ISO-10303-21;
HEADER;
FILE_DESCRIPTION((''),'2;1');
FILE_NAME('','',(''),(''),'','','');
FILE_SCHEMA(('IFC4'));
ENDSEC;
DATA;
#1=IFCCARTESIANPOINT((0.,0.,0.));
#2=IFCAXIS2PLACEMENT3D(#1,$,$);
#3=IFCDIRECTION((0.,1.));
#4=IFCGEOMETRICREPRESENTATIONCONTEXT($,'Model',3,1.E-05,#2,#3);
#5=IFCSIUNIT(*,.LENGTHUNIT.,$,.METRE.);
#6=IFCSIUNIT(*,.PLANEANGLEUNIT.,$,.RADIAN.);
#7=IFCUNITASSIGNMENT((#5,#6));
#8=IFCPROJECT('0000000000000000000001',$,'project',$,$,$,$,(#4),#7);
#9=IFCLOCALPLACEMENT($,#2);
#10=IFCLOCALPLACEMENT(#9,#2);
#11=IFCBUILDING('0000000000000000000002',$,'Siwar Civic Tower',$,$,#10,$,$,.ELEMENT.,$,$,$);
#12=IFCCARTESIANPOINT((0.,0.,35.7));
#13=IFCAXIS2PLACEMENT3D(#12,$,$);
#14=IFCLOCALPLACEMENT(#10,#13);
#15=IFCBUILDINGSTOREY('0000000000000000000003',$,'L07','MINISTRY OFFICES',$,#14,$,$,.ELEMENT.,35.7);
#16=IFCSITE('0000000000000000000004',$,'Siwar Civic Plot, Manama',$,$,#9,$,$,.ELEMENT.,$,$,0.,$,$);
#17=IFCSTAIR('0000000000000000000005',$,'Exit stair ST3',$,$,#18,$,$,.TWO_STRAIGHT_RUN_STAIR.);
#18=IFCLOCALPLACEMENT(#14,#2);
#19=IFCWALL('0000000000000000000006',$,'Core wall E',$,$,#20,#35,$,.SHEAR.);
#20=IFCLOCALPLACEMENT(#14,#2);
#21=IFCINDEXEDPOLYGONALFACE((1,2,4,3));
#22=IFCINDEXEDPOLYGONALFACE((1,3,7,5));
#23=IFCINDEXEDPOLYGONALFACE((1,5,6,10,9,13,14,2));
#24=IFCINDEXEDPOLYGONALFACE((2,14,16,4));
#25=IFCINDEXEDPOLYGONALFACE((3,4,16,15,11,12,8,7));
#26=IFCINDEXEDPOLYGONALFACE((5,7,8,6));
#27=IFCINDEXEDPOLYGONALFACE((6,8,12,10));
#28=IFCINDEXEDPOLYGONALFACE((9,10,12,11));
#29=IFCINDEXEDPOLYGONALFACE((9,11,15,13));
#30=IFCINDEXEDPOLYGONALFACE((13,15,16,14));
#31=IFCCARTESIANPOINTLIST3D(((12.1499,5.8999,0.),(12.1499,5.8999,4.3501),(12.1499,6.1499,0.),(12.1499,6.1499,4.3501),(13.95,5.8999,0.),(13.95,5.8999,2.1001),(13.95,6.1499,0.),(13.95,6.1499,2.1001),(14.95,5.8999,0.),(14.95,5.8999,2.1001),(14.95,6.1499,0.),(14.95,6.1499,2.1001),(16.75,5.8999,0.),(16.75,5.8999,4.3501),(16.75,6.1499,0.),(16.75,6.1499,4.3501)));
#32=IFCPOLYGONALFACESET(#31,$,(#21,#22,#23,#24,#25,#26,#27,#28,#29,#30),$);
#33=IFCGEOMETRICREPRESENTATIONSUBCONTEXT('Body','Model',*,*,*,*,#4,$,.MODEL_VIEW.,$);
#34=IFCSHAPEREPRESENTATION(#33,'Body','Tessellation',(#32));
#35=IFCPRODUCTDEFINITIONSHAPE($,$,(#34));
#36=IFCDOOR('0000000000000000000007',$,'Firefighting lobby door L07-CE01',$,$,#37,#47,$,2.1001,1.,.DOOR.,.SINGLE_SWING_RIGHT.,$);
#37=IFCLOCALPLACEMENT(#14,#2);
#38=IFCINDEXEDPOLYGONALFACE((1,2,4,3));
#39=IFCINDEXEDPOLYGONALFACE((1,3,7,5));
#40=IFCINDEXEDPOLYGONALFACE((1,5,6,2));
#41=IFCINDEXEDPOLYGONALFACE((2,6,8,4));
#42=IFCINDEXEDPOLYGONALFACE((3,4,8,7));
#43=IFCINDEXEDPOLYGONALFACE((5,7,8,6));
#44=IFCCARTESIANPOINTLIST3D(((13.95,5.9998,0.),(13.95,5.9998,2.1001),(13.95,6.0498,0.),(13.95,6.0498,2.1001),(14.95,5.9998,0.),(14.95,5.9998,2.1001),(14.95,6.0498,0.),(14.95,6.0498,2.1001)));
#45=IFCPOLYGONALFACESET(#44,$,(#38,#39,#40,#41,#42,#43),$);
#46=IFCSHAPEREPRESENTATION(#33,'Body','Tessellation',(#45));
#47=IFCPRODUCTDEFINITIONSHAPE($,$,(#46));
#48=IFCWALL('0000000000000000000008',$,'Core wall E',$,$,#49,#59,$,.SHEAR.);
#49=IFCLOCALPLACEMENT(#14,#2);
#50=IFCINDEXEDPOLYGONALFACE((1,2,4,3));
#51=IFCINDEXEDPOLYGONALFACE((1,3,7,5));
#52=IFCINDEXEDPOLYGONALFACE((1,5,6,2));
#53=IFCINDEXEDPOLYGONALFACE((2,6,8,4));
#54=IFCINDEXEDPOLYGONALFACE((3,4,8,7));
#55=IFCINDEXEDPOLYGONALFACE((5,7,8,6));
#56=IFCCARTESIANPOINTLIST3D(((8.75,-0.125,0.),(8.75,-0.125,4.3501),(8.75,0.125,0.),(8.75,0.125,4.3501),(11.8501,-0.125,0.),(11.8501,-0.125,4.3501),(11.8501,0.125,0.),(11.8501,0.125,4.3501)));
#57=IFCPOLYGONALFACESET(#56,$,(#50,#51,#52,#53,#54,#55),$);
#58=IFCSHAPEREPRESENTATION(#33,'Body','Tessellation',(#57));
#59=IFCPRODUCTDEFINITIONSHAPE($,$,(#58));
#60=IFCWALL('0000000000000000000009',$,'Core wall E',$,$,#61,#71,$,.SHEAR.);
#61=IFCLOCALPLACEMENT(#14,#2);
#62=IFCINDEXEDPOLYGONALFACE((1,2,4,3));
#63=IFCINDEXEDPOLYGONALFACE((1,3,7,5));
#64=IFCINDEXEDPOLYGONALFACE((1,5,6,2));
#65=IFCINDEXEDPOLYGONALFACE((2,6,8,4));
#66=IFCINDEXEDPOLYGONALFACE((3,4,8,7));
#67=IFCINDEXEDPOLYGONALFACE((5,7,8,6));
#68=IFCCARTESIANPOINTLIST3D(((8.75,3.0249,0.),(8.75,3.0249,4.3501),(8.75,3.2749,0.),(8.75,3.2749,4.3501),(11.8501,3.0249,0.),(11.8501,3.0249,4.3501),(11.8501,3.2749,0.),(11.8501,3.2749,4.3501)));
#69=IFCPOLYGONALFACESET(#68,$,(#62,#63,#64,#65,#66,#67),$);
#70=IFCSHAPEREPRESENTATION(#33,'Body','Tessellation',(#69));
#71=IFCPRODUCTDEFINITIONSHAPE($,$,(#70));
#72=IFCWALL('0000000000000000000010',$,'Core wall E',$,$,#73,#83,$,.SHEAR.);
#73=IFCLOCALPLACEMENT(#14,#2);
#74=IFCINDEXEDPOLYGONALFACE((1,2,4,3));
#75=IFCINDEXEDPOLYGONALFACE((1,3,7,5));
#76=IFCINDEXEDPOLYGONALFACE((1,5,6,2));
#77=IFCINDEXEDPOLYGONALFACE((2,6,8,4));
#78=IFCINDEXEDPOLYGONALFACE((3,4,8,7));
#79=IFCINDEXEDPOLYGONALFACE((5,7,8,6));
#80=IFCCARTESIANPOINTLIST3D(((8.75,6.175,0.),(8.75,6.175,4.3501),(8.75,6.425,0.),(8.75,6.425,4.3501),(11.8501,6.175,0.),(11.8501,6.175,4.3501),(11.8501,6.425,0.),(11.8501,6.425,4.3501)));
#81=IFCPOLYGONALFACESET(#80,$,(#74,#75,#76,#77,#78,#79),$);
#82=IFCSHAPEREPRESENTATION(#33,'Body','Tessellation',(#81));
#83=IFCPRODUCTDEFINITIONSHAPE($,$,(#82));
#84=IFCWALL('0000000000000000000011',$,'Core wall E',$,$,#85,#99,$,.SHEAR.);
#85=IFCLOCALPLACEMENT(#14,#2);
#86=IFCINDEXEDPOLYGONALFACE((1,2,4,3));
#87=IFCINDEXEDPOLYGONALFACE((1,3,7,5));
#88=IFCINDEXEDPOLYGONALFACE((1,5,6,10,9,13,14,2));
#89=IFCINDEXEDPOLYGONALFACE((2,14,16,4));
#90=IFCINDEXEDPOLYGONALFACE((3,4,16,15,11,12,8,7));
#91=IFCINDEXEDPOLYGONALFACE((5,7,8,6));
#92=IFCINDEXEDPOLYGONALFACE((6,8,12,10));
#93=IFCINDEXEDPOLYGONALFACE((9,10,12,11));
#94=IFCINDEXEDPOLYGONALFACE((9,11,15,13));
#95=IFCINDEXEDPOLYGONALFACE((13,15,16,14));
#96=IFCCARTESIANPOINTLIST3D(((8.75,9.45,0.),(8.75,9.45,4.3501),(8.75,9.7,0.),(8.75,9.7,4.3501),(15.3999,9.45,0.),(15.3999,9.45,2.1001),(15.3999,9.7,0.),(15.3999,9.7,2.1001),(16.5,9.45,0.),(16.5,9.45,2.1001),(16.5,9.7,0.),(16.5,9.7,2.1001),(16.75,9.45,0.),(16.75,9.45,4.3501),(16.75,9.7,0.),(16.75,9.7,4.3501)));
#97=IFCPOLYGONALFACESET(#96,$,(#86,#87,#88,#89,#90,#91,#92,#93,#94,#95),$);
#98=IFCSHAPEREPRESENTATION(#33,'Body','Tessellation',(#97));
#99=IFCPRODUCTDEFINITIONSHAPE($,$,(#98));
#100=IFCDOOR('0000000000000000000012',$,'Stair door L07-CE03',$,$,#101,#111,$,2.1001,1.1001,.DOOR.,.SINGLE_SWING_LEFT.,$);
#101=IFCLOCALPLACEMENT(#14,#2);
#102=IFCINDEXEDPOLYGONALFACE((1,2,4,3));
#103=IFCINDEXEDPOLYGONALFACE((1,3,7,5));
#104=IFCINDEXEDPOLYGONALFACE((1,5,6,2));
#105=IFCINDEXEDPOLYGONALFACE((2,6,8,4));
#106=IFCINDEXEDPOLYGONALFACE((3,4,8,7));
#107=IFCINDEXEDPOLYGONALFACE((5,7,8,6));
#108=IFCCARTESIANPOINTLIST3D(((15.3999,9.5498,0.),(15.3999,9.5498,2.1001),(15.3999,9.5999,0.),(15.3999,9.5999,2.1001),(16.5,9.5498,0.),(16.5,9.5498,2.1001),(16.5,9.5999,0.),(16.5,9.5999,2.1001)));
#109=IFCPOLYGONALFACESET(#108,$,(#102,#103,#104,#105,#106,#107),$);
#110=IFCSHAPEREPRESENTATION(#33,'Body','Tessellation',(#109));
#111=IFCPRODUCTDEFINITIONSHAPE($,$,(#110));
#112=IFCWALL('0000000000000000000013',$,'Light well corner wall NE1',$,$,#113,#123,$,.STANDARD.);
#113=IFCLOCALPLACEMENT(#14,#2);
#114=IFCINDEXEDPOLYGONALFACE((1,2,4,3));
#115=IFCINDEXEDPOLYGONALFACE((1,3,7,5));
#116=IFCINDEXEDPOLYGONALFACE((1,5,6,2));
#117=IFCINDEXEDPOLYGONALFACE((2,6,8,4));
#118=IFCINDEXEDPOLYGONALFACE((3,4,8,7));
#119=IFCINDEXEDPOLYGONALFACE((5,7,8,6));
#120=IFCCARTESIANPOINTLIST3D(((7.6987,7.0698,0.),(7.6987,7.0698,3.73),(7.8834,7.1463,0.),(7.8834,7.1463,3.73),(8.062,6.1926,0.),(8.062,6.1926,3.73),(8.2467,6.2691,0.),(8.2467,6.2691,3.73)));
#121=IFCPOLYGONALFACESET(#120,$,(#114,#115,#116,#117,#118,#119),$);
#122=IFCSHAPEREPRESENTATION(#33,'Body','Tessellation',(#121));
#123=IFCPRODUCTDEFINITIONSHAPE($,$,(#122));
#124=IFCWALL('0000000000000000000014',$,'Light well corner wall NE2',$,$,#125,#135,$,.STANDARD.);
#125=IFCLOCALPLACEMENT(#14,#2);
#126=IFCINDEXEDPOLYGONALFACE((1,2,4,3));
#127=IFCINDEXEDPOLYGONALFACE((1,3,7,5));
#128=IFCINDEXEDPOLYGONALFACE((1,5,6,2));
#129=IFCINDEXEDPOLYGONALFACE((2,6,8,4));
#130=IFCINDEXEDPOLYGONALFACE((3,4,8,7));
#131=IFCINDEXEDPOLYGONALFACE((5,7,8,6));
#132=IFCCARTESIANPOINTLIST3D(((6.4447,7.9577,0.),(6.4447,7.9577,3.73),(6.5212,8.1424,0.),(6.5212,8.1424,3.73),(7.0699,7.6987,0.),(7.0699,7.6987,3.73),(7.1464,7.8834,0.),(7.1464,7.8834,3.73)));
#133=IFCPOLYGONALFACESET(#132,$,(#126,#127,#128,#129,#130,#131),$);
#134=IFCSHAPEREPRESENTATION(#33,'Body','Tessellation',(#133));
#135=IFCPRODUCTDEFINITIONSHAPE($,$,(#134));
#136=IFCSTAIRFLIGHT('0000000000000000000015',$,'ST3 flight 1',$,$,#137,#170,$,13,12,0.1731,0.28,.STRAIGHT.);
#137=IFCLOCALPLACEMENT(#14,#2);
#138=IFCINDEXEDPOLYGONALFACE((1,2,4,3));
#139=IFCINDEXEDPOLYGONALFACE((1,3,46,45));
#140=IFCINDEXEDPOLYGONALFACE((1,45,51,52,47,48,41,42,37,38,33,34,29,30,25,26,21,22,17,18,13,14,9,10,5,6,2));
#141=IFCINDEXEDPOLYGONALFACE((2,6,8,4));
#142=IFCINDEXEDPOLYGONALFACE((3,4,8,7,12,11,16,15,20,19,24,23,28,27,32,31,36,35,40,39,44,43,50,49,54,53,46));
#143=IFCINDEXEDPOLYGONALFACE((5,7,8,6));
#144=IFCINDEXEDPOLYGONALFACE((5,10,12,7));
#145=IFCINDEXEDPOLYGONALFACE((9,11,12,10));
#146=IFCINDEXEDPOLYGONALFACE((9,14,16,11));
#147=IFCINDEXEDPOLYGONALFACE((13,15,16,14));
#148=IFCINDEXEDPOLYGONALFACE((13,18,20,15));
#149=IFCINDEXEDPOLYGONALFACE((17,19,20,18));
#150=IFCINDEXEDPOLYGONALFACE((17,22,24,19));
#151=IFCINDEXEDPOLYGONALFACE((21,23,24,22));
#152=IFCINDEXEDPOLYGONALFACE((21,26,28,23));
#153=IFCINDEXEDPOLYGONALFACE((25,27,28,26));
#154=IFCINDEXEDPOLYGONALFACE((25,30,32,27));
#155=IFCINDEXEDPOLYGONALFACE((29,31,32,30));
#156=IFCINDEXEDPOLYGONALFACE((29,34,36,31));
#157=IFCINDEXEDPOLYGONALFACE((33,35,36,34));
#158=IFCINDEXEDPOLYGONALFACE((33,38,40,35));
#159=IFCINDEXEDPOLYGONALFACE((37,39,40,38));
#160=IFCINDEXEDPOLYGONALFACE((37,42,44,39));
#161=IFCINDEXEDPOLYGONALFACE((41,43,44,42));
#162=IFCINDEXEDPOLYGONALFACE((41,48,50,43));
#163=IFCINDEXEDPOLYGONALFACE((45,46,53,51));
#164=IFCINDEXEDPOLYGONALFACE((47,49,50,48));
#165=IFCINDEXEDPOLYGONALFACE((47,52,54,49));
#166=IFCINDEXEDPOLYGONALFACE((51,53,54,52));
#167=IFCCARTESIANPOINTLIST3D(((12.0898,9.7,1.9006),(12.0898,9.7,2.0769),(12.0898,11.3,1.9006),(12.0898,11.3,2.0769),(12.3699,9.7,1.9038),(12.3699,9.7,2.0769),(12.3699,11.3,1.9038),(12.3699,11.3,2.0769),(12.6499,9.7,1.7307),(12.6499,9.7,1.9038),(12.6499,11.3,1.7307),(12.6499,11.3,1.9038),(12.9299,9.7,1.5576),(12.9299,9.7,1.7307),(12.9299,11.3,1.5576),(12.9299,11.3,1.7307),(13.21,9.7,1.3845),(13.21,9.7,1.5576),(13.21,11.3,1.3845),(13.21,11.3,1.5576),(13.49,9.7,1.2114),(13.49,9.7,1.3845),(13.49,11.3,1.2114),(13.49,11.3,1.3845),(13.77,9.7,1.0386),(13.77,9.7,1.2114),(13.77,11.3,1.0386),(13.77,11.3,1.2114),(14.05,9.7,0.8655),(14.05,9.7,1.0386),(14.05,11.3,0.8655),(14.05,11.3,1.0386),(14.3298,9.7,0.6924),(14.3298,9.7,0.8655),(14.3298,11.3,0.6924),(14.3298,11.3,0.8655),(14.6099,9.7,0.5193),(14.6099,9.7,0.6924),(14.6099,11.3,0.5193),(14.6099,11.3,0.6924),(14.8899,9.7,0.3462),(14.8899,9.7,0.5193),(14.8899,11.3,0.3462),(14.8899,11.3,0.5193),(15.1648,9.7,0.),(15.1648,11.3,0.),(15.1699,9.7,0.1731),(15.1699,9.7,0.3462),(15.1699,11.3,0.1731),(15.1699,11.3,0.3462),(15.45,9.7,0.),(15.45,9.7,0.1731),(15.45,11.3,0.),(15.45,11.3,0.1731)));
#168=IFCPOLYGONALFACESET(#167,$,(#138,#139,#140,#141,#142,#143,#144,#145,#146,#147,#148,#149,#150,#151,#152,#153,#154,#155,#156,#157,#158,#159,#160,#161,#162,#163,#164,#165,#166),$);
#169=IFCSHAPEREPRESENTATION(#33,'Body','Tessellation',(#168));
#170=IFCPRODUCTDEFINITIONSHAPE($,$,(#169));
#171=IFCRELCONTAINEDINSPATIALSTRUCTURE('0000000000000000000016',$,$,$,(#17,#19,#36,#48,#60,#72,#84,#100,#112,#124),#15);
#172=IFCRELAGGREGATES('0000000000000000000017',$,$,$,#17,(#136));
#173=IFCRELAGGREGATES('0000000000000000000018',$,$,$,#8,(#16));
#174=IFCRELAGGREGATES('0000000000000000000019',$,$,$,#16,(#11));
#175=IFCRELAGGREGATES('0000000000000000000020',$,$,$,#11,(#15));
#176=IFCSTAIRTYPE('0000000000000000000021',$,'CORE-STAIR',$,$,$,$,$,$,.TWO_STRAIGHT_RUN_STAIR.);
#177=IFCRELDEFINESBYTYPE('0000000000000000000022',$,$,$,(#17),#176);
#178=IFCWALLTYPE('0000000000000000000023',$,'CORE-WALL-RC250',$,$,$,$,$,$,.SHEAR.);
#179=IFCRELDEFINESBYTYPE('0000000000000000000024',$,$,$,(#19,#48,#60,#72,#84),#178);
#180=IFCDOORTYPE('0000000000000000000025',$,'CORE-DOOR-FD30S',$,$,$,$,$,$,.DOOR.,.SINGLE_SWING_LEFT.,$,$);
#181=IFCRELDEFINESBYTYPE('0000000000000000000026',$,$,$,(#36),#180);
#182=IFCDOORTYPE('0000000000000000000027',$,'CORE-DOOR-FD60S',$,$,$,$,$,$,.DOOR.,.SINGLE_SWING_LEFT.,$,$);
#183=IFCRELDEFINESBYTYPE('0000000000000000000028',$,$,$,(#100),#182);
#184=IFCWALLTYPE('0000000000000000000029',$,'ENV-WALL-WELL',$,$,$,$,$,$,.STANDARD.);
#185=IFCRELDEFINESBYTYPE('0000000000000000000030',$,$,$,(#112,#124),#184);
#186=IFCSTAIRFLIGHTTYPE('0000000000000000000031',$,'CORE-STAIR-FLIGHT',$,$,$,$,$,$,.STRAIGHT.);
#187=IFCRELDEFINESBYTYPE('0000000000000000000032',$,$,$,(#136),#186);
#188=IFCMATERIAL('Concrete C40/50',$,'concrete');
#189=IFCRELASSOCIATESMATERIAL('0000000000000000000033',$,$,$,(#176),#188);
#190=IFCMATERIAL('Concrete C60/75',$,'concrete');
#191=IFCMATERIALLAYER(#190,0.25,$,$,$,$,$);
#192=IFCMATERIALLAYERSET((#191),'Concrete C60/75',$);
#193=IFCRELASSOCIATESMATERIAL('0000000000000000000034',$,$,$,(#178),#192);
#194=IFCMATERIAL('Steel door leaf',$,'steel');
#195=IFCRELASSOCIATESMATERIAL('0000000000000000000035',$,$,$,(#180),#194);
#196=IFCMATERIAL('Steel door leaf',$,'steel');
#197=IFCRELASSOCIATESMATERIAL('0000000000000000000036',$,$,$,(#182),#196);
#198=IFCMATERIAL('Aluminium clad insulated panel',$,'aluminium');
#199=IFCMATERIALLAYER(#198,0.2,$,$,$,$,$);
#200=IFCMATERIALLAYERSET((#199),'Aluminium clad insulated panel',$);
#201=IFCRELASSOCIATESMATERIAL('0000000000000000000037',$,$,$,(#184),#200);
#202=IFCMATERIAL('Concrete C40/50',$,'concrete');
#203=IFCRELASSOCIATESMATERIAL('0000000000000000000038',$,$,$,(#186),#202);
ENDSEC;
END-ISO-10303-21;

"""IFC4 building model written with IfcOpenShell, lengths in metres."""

from ifc_helpers import new_model, si_unit, direction, frame, frame_2d, origin, place, context, subcontext, project, spatial, polyline, rectangle, outline, extrude, material, layer, layer_set, type_object, element, fill, aggregate, save


model = new_model("IFC4")

# Units and contexts
model_context = context("Model", 3, precision=1e-05, world=origin(), true_north=direction((0.0, 1.0)))
body_context = subcontext(model_context, "Body", "Model", "MODEL_VIEW")
ifc_project = project(units=[si_unit("LENGTHUNIT", "METRE"), si_unit("PLANEANGLEUNIT", "RADIAN")], contexts=[model_context])

# Site, building, storey
site_placement = place(None, origin())
site = spatial("IfcSite", under=ifc_project, at=site_placement, Name="Siwar Civic Plot, Manama", CompositionType="ELEMENT", RefElevation=0.0)
building_placement = place(site_placement, origin())
building = spatial("IfcBuilding", under=site, at=building_placement, Name="Siwar Civic Tower", CompositionType="ELEMENT")
storey_placement = place(building_placement, frame((0.0, 0.0, 35.7)))
storey = spatial("IfcBuildingStorey", under=building, at=storey_placement, Name="L07", Description="MINISTRY OFFICES", CompositionType="ELEMENT", Elevation=35.7)

# Stair
ifc_material_1 = material(Name="Concrete C40/50", Category="concrete")
stair_type = type_object("IfcStairType", Name="CORE-STAIR", PredefinedType="TWO_STRAIGHT_RUN_STAIR", material=ifc_material_1)
stair_1_placement = place(storey_placement, origin())
stair_1 = element("IfcStair", 1, at=stair_1_placement, inside=storey, type_object=stair_type, Name="Exit stair ST3", PredefinedType="TWO_STRAIGHT_RUN_STAIR")

# Wall, opening, door
ifc_material_2 = material(Name="Concrete C60/75", Category="concrete")
ifc_layer_1 = layer(ifc_material_2, 0.25)
ifc_layer_set_1 = layer_set([ifc_layer_1], Name="Concrete C60/75")
wall_type_1 = type_object("IfcWallType", Name="CORE-WALL-RC250", PredefinedType="SHEAR", material=ifc_layer_set_1)
wall_1_placement = place(storey_placement, frame((12.1499, 6.0249, 0.0), z_axis=(0.0, 0.0, 1.0), x_axis=(1.0, 0.0, 0.0)))
wall_1 = element("IfcWall", 2, at=wall_1_placement, inside=storey, type_object=wall_type_1, Name="Core wall E", PredefinedType="SHEAR", context=body_context, shape_type="SweptSolid", body=[
    extrude(rectangle(XDim=4.6001, YDim=0.25, at=frame_2d((2.3, 0.0))), origin(), (0.0, 0.0, 1.0), 4.3501),
])
opening_1_placement = place(wall_1_placement, frame((1.8, 0.0, 0.0)))
opening_1 = element("IfcOpeningElement", 3, at=opening_1_placement, cuts=wall_1, PredefinedType="OPENING", context=body_context, shape_type="SweptSolid", body=[
    extrude(rectangle(XDim=1.0, YDim=2.1001, at=frame_2d((0.5, 1.05))), frame((0.0, 0.135, 0.0), z_axis=(0.0, -1.0, 0.0), x_axis=(1.0, 0.0, 0.0)), (0.0, 0.0, 1.0), 0.27),
])
ifc_material_3 = material(Name="Steel door leaf", Category="steel")
door_type_1 = type_object("IfcDoorType", Name="CORE-DOOR-FD30S", OperationType="SINGLE_SWING_LEFT", PredefinedType="DOOR", material=ifc_material_3)
door_1_placement = place(opening_1_placement, origin())
door_1 = element("IfcDoor", 4, at=door_1_placement, inside=storey, type_object=door_type_1, Name="Firefighting lobby door L07-CE01", OperationType="SINGLE_SWING_RIGHT", OverallHeight=2.1001, OverallWidth=1.0, PredefinedType="DOOR", context=body_context, shape_type="SweptSolid", body=[
    extrude(rectangle(XDim=1.0, YDim=2.1001, at=frame_2d((0.5, 1.05))), frame((0.0, 0.0249, 0.0), z_axis=(0.0, -1.0, 0.0), x_axis=(1.0, 0.0, 0.0)), (0.0, 0.0, 1.0), 0.05),
])
fill(opening_1, door_1)

# Walls
for number, where, z_axis, x_axis, name in (
    (5, (8.75, 0.0, 0.0), (0.0, 0.0, 1.0), (1.0, 0.0, 0.0), "Core wall E"),
    (6, (8.75, 3.1499, 0.0), (0.0, 0.0, 1.0), (1.0, 0.0, 0.0), "Core wall E"),
    (7, (8.75, 6.3, 0.0), (0.0, 0.0, 1.0), (1.0, 0.0, 0.0), "Core wall E"),
):
    element("IfcWall", number, at=place(storey_placement, frame(where, z_axis=z_axis, x_axis=x_axis)), inside=storey, type_object=wall_type_1, Name=name, PredefinedType="SHEAR", context=body_context, shape_type="SweptSolid", body=[
        extrude(rectangle(XDim=3.1001, YDim=0.25, at=frame_2d((1.55, 0.0))), origin(), (0.0, 0.0, 1.0), 4.3501),
    ])

# Wall, opening, door
wall_2_placement = place(storey_placement, frame((8.75, 9.575, 0.0), z_axis=(0.0, 0.0, 1.0), x_axis=(1.0, 0.0, 0.0)))
wall_2 = element("IfcWall", 8, at=wall_2_placement, inside=storey, type_object=wall_type_1, Name="Core wall E", PredefinedType="SHEAR", context=body_context, shape_type="SweptSolid", body=[
    extrude(rectangle(XDim=8.0, YDim=0.25, at=frame_2d((4.0, 0.0))), origin(), (0.0, 0.0, 1.0), 4.3501),
])
opening_2_placement = place(wall_2_placement, frame((6.6499, 0.0, 0.0)))
opening_2 = element("IfcOpeningElement", 9, at=opening_2_placement, cuts=wall_2, PredefinedType="OPENING", context=body_context, shape_type="SweptSolid", body=[
    extrude(rectangle(XDim=1.1001, YDim=2.1001, at=frame_2d((0.55, 1.05))), frame((0.0, 0.135, 0.0), z_axis=(0.0, -1.0, 0.0), x_axis=(1.0, 0.0, 0.0)), (0.0, 0.0, 1.0), 0.27),
])
ifc_material_4 = material(Name="Steel door leaf", Category="steel")
door_type_2 = type_object("IfcDoorType", Name="CORE-DOOR-FD60S", OperationType="SINGLE_SWING_LEFT", PredefinedType="DOOR", material=ifc_material_4)
door_2_placement = place(opening_2_placement, origin())
door_2 = element("IfcDoor", 10, at=door_2_placement, inside=storey, type_object=door_type_2, Name="Stair door L07-CE03", OperationType="SINGLE_SWING_LEFT", OverallHeight=2.1001, OverallWidth=1.1001, PredefinedType="DOOR", context=body_context, shape_type="SweptSolid", body=[
    extrude(rectangle(XDim=1.1001, YDim=2.1001, at=frame_2d((0.55, 1.05))), frame((0.0, 0.0249, 0.0), z_axis=(0.0, -1.0, 0.0), x_axis=(1.0, 0.0, 0.0)), (0.0, 0.0, 1.0), 0.05),
])
fill(opening_2, door_2)

# Walls
ifc_material_5 = material(Name="Aluminium clad insulated panel", Category="aluminium")
ifc_layer_2 = layer(ifc_material_5, 0.2)
ifc_layer_set_2 = layer_set([ifc_layer_2], Name="Aluminium clad insulated panel")
wall_type_2 = type_object("IfcWallType", Name="ENV-WALL-WELL", PredefinedType="STANDARD", material=ifc_layer_set_2)
wall_3_placement = place(storey_placement, frame((8.1543, 6.231, 0.0), z_axis=(0.0, 0.0, 1.0), x_axis=(-0.382624, 0.923904, 0.0)))
element("IfcWall", 11, at=wall_3_placement, inside=storey, type_object=wall_type_2, Name="Light well corner wall NE1", PredefinedType="STANDARD", context=body_context, shape_type="SweptSolid", body=[
    extrude(rectangle(XDim=0.9495, YDim=0.2, at=frame_2d((0.4746, 0.0))), origin(), (0.0, 0.0, 1.0), 3.73),
])
wall_4_placement = place(storey_placement, frame((7.1082, 7.791, 0.0), z_axis=(0.0, 0.0, 1.0), x_axis=(-0.923854, 0.382745, 0.0)))
element("IfcWall", 12, at=wall_4_placement, inside=storey, type_object=wall_type_2, Name="Light well corner wall NE2", PredefinedType="STANDARD", context=body_context, shape_type="SweptSolid", body=[
    extrude(rectangle(XDim=0.6768, YDim=0.2, at=frame_2d((0.3384, 0.0))), origin(), (0.0, 0.0, 1.0), 3.73),
])

# Stair flight
ifc_material_6 = material(Name="Concrete C40/50", Category="concrete")
stair_flight_type = type_object("IfcStairFlightType", Name="CORE-STAIR-FLIGHT", PredefinedType="STRAIGHT", material=ifc_material_6)
stair_flight_1_placement = place(storey_placement, frame((15.45, 10.5, 0.0), z_axis=(0.0, 0.0, 1.0), x_axis=(-1.0, 0.0, 0.0)))
stair_flight_1 = element("IfcStairFlight", 13, at=stair_flight_1_placement, type_object=stair_flight_type, Name="ST3 flight 1", NumberOfRisers=13, NumberOfTreads=12, PredefinedType="STRAIGHT", RiserHeight=0.1731, TreadLength=0.28, context=body_context, shape_type="SweptSolid", body=[
    extrude(outline(polyline([(0.0, 0.0), (0.0, 0.1731), (0.28, 0.1731), (0.28, 0.3462), (0.5601, 0.3462), (0.5601, 0.5193), (0.8401, 0.5193), (0.8401, 0.6924), (1.1201, 0.6924), (1.1201, 0.8655), (1.3999, 0.8655), (1.3999, 1.0386), (1.6799, 1.0386), (1.6799, 1.2114), (1.96, 1.2114), (1.96, 1.3845), (2.24, 1.3845), (2.24, 1.5576), (2.52, 1.5576), (2.52, 1.7307), (2.8, 1.7307), (2.8, 1.9038), (3.0801, 1.9038), (3.0801, 2.0769), (3.3601, 2.0769), (3.3601, 2.25), (3.3601, 1.9006), (0.2852, 0.0), (0.0, 0.0)])), frame((0.0, 0.8, 0.0), z_axis=(0.0, -1.0, 0.0), x_axis=(1.0, 0.0, 0.0)), (0.0, 0.0, 1.0), 1.6001),
])
aggregate(stair_1, [stair_flight_1])

save(model, "model.ifc")
